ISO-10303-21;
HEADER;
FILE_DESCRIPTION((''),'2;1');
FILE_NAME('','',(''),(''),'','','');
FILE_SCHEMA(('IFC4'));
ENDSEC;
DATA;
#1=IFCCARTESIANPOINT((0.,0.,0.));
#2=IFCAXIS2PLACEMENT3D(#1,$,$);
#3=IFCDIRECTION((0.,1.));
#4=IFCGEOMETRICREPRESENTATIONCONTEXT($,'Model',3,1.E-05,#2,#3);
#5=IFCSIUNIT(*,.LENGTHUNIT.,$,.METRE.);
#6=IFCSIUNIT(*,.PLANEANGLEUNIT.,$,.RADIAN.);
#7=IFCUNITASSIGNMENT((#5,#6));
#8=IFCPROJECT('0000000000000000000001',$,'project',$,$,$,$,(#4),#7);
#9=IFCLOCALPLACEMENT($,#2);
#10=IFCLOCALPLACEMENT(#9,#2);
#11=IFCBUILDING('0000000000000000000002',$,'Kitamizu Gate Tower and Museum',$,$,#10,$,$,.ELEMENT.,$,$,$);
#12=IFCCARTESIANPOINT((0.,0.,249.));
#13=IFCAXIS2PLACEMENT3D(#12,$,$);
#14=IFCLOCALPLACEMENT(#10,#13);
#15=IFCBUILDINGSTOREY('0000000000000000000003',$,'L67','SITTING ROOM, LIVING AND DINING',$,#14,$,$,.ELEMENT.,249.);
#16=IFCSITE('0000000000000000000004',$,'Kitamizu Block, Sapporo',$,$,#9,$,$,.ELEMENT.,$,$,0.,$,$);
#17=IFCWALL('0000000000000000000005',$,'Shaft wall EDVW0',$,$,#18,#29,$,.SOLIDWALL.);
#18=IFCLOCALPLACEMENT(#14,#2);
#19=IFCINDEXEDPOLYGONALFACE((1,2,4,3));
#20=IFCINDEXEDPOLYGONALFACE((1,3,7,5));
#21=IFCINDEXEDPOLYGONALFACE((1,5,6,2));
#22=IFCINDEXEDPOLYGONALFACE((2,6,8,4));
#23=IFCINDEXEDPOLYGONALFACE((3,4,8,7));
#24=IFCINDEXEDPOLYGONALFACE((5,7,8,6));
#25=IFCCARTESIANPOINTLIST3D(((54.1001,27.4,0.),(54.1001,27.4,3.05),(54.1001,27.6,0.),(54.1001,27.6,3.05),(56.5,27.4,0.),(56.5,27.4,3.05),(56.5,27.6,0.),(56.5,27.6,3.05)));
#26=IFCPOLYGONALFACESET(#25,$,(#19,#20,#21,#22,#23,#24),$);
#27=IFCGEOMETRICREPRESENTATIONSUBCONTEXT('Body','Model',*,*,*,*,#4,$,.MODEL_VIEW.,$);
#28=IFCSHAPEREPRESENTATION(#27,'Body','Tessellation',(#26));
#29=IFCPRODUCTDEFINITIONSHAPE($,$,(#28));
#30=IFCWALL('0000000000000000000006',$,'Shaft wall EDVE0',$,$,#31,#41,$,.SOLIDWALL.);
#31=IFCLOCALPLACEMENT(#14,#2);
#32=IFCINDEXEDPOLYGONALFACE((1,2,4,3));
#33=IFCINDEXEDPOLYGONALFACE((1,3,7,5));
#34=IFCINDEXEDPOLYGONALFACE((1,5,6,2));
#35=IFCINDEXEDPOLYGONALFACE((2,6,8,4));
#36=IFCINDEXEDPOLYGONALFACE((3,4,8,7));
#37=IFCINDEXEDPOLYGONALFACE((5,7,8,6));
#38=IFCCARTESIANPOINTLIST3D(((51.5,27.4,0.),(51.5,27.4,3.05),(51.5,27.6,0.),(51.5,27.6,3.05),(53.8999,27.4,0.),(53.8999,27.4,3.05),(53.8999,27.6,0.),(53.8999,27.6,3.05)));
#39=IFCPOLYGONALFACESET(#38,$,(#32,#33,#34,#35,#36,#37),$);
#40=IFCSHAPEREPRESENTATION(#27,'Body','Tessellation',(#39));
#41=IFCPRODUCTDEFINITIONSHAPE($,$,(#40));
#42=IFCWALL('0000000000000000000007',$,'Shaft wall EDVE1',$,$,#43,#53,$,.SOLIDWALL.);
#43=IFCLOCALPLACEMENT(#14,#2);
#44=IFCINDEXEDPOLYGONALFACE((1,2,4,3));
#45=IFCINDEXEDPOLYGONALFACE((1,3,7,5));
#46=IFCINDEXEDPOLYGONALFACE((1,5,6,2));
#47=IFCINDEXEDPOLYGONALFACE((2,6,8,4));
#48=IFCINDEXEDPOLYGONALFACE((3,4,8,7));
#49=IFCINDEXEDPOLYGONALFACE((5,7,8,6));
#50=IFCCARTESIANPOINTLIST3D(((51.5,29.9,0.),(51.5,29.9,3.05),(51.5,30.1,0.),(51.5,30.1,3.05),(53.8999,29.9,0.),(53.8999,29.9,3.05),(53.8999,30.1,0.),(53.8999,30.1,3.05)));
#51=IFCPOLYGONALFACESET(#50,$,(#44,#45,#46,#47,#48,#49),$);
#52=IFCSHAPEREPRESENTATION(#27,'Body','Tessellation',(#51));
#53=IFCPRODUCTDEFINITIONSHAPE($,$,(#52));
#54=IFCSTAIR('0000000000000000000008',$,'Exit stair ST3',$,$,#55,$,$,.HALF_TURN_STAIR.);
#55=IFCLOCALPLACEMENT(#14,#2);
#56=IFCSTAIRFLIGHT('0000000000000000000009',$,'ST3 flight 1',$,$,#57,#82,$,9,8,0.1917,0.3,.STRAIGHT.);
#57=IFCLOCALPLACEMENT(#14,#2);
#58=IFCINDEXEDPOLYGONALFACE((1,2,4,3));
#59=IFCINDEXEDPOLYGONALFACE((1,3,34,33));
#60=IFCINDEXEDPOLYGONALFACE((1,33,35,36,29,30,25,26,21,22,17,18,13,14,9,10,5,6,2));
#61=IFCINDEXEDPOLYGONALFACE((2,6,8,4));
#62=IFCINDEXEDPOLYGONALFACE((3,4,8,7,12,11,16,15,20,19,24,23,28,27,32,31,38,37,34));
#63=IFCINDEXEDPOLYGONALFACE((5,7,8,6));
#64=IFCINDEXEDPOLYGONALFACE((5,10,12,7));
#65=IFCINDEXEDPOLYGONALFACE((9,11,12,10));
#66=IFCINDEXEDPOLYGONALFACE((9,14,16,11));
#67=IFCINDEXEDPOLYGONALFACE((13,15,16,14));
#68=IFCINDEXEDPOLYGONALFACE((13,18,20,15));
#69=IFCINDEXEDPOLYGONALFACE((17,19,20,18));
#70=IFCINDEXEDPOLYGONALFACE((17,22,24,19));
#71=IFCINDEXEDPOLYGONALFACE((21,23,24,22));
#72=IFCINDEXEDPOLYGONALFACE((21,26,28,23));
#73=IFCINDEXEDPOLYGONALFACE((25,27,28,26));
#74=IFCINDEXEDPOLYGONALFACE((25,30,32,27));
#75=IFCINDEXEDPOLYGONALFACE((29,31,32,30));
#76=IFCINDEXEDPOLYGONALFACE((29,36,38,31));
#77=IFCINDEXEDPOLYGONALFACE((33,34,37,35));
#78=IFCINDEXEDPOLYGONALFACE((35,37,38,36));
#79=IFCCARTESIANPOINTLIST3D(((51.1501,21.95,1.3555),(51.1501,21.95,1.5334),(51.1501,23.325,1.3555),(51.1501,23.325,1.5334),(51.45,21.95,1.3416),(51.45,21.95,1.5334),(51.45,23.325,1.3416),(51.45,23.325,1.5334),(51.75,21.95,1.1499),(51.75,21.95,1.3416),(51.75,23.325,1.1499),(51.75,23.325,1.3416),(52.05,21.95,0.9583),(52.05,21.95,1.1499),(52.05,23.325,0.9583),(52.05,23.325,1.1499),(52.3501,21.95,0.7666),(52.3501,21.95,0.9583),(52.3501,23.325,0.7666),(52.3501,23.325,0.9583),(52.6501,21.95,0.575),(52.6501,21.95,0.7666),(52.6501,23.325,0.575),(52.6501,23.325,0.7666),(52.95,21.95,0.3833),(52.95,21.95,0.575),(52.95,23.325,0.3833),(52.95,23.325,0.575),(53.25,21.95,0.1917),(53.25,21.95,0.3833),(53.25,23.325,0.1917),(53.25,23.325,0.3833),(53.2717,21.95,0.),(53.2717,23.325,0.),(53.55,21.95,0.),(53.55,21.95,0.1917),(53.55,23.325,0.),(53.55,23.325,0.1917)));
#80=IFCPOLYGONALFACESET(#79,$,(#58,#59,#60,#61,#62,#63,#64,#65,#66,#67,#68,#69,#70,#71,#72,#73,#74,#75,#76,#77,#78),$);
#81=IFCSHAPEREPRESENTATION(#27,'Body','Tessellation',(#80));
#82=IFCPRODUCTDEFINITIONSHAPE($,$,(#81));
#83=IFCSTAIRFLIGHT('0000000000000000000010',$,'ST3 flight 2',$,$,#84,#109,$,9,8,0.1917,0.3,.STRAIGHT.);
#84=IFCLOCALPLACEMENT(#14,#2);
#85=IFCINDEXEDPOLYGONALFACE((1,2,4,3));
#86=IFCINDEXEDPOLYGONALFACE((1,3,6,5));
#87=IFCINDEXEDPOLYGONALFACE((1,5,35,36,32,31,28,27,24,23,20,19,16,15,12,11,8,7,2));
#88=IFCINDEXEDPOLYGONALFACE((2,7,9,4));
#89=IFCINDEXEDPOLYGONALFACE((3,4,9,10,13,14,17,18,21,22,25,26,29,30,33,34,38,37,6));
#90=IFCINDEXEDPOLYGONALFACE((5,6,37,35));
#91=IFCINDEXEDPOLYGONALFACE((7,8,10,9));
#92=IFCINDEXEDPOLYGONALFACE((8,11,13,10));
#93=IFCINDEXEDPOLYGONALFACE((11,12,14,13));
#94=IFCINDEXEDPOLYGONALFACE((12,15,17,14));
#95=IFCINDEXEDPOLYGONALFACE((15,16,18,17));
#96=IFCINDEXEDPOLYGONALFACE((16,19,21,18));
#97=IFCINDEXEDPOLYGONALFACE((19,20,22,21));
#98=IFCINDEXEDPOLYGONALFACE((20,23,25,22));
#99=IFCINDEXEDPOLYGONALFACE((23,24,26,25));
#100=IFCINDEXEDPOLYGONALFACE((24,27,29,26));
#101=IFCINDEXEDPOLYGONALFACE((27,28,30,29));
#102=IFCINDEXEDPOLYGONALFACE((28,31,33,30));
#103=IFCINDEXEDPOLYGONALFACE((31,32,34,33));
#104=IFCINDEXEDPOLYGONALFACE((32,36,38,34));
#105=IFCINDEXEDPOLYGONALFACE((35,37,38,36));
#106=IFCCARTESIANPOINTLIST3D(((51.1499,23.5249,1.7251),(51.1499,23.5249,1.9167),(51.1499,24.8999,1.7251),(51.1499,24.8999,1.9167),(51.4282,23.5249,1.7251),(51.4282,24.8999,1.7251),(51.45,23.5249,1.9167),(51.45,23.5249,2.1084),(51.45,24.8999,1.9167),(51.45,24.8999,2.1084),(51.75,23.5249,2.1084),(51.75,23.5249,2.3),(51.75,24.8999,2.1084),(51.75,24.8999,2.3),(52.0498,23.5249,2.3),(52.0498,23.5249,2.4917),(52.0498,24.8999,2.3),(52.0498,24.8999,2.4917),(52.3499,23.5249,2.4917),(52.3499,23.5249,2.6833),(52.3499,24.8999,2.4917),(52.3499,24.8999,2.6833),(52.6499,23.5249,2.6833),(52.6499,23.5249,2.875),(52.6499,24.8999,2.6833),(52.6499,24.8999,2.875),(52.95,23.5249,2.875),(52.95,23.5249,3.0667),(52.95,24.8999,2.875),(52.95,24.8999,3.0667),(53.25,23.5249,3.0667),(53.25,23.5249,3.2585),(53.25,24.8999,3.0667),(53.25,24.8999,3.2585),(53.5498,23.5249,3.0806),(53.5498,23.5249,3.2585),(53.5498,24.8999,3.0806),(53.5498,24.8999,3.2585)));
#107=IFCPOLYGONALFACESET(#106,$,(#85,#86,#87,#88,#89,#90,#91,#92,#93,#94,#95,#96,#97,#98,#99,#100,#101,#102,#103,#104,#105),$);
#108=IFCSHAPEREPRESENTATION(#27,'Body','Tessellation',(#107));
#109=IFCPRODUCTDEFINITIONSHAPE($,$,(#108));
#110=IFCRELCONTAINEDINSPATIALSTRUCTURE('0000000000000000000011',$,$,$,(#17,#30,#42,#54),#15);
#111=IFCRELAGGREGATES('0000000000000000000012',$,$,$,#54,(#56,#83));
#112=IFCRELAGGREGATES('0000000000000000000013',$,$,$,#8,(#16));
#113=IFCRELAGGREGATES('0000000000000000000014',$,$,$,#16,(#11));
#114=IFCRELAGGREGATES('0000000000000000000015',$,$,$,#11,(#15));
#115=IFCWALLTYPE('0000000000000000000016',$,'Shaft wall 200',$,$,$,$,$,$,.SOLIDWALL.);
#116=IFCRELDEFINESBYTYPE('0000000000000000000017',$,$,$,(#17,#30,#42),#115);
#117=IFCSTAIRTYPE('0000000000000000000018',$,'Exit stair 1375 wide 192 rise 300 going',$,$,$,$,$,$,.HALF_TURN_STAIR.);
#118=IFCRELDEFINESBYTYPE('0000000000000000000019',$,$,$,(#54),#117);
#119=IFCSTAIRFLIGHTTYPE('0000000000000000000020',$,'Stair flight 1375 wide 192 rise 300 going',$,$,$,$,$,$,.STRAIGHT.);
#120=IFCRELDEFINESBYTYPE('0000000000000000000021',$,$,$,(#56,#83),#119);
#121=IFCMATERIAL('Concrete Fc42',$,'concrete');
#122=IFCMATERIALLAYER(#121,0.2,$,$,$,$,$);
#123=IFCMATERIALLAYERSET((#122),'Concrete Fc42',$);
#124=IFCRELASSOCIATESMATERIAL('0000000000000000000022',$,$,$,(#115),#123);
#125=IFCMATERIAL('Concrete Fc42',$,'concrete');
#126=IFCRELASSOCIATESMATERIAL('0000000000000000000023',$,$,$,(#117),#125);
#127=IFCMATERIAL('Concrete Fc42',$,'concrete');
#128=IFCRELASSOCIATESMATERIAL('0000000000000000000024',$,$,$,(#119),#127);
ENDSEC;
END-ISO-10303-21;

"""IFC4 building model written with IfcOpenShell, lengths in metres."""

from ifc_helpers import new_model, si_unit, direction, frame, frame_2d, origin, place, context, subcontext, project, spatial, polyline, rectangle, outline, extrude, material, layer, layer_set, type_object, element, aggregate, save


model = new_model("IFC4")

# Units and contexts
model_context = context("Model", 3, precision=1e-05, world=origin(), true_north=direction((0.0, 1.0)))
body_context = subcontext(model_context, "Body", "Model", "MODEL_VIEW")
ifc_project = project(units=[si_unit("LENGTHUNIT", "METRE"), si_unit("PLANEANGLEUNIT", "RADIAN")], contexts=[model_context])

# Site, building, storey
site_placement = place(None, origin())
site = spatial("IfcSite", under=ifc_project, at=site_placement, Name="Kitamizu Block, Sapporo", CompositionType="ELEMENT", RefElevation=0.0)
building_placement = place(site_placement, origin())
building = spatial("IfcBuilding", under=site, at=building_placement, Name="Kitamizu Gate Tower and Museum", CompositionType="ELEMENT")
storey_placement = place(building_placement, frame((0.0, 0.0, 249.0)))
storey = spatial("IfcBuildingStorey", under=building, at=storey_placement, Name="L67", Description="SITTING ROOM, LIVING AND DINING", CompositionType="ELEMENT", Elevation=249.0)

# Shared definitions
ifc_material_1 = material(Name="Concrete Fc42", Category="concrete")
ifc_layer_1 = layer(ifc_material_1, 0.2)
ifc_layer_set_1 = layer_set([ifc_layer_1], Name="Concrete Fc42")
wall_type_1 = type_object("IfcWallType", Name="Shaft wall 200", PredefinedType="SOLIDWALL", material=ifc_layer_set_1)

# Walls
for number, where, z_axis, x_axis, name in (
    (1, (56.5, 27.5, 0.0), (0.0, 0.0, 1.0), (-1.0, 0.0, 0.0), "Shaft wall EDVW0"),
    (2, (53.8999, 27.5, 0.0), (0.0, 0.0, 1.0), (-1.0, 0.0, 0.0), "Shaft wall EDVE0"),
    (3, (53.8999, 30.0, 0.0), (0.0, 0.0, 1.0), (-1.0, 0.0, 0.0), "Shaft wall EDVE1"),
):
    element("IfcWall", number, at=place(storey_placement, frame(where, z_axis=z_axis, x_axis=x_axis)), inside=storey, type_object=wall_type_1, Name=name, PredefinedType="SOLIDWALL", context=body_context, shape_type="SweptSolid", body=[
        extrude(rectangle(XDim=2.3999, YDim=0.2, at=frame_2d((1.2, 0.0))), origin(), (0.0, 0.0, 1.0), 3.05),
    ])

# Stair, stair flights
ifc_material_2 = material(Name="Concrete Fc42", Category="concrete")
stair_type = type_object("IfcStairType", Name="Exit stair 1375 wide 192 rise 300 going", PredefinedType="HALF_TURN_STAIR", material=ifc_material_2)
stair_placement = place(storey_placement, origin())
stair = element("IfcStair", 4, at=stair_placement, inside=storey, type_object=stair_type, Name="Exit stair ST3", PredefinedType="HALF_TURN_STAIR")
ifc_material_3 = material(Name="Concrete Fc42", Category="concrete")
stair_flight_type = type_object("IfcStairFlightType", Name="Stair flight 1375 wide 192 rise 300 going", PredefinedType="STRAIGHT", material=ifc_material_3)
stair_flight_1_placement = place(storey_placement, frame((53.55, 22.6375, 0.0), z_axis=(0.0, 0.0, 1.0), x_axis=(-1.0, 0.0, 0.0)))
stair_flight_1 = element("IfcStairFlight", 5, at=stair_flight_1_placement, type_object=stair_flight_type, Name="ST3 flight 1", NumberOfRisers=9, NumberOfTreads=8, PredefinedType="STRAIGHT", RiserHeight=0.1917, TreadLength=0.3, context=body_context, shape_type="SweptSolid", body=[
    extrude(outline(polyline([(0.0, 0.0), (0.0, 0.1917), (0.3, 0.1917), (0.3, 0.3833), (0.6001, 0.3833), (0.6001, 0.575), (0.8999, 0.575), (0.8999, 0.7666), (1.2, 0.7666), (1.2, 0.9583), (1.5, 0.9583), (1.5, 1.1499), (1.8, 1.1499), (1.8, 1.3416), (2.1001, 1.3416), (2.1001, 1.5334), (2.3999, 1.5334), (2.3999, 1.7251), (2.3999, 1.3555), (0.2783, 0.0), (0.0, 0.0)])), frame((0.0, 0.6875, 0.0), z_axis=(0.0, -1.0, 0.0), x_axis=(1.0, 0.0, 0.0)), (0.0, 0.0, 1.0), 1.375),
])
stair_flight_2_placement = place(storey_placement, frame((51.1499, 24.2124, 1.7251), z_axis=(0.0, 0.0, 1.0), x_axis=(1.0, 0.0, 0.0)))
stair_flight_2 = element("IfcStairFlight", 6, at=stair_flight_2_placement, type_object=stair_flight_type, Name="ST3 flight 2", NumberOfRisers=9, NumberOfTreads=8, PredefinedType="STRAIGHT", RiserHeight=0.1917, TreadLength=0.3, context=body_context, shape_type="SweptSolid", body=[
    extrude(outline(polyline([(0.0, 0.0), (0.0, 0.1917), (0.3, 0.1917), (0.3, 0.3833), (0.6001, 0.3833), (0.6001, 0.575), (0.8999, 0.575), (0.8999, 0.7666), (1.2, 0.7666), (1.2, 0.9583), (1.5, 0.9583), (1.5, 1.1499), (1.8, 1.1499), (1.8, 1.3416), (2.1001, 1.3416), (2.1001, 1.5334), (2.3999, 1.5334), (2.3999, 1.7251), (2.3999, 1.3555), (0.2783, 0.0), (0.0, 0.0)])), frame((0.0, 0.6875, 0.0), z_axis=(0.0, -1.0, 0.0), x_axis=(1.0, 0.0, 0.0)), (0.0, 0.0, 1.0), 1.375),
])
aggregate(stair, [stair_flight_1, stair_flight_2])

save(model, "model.ifc")
